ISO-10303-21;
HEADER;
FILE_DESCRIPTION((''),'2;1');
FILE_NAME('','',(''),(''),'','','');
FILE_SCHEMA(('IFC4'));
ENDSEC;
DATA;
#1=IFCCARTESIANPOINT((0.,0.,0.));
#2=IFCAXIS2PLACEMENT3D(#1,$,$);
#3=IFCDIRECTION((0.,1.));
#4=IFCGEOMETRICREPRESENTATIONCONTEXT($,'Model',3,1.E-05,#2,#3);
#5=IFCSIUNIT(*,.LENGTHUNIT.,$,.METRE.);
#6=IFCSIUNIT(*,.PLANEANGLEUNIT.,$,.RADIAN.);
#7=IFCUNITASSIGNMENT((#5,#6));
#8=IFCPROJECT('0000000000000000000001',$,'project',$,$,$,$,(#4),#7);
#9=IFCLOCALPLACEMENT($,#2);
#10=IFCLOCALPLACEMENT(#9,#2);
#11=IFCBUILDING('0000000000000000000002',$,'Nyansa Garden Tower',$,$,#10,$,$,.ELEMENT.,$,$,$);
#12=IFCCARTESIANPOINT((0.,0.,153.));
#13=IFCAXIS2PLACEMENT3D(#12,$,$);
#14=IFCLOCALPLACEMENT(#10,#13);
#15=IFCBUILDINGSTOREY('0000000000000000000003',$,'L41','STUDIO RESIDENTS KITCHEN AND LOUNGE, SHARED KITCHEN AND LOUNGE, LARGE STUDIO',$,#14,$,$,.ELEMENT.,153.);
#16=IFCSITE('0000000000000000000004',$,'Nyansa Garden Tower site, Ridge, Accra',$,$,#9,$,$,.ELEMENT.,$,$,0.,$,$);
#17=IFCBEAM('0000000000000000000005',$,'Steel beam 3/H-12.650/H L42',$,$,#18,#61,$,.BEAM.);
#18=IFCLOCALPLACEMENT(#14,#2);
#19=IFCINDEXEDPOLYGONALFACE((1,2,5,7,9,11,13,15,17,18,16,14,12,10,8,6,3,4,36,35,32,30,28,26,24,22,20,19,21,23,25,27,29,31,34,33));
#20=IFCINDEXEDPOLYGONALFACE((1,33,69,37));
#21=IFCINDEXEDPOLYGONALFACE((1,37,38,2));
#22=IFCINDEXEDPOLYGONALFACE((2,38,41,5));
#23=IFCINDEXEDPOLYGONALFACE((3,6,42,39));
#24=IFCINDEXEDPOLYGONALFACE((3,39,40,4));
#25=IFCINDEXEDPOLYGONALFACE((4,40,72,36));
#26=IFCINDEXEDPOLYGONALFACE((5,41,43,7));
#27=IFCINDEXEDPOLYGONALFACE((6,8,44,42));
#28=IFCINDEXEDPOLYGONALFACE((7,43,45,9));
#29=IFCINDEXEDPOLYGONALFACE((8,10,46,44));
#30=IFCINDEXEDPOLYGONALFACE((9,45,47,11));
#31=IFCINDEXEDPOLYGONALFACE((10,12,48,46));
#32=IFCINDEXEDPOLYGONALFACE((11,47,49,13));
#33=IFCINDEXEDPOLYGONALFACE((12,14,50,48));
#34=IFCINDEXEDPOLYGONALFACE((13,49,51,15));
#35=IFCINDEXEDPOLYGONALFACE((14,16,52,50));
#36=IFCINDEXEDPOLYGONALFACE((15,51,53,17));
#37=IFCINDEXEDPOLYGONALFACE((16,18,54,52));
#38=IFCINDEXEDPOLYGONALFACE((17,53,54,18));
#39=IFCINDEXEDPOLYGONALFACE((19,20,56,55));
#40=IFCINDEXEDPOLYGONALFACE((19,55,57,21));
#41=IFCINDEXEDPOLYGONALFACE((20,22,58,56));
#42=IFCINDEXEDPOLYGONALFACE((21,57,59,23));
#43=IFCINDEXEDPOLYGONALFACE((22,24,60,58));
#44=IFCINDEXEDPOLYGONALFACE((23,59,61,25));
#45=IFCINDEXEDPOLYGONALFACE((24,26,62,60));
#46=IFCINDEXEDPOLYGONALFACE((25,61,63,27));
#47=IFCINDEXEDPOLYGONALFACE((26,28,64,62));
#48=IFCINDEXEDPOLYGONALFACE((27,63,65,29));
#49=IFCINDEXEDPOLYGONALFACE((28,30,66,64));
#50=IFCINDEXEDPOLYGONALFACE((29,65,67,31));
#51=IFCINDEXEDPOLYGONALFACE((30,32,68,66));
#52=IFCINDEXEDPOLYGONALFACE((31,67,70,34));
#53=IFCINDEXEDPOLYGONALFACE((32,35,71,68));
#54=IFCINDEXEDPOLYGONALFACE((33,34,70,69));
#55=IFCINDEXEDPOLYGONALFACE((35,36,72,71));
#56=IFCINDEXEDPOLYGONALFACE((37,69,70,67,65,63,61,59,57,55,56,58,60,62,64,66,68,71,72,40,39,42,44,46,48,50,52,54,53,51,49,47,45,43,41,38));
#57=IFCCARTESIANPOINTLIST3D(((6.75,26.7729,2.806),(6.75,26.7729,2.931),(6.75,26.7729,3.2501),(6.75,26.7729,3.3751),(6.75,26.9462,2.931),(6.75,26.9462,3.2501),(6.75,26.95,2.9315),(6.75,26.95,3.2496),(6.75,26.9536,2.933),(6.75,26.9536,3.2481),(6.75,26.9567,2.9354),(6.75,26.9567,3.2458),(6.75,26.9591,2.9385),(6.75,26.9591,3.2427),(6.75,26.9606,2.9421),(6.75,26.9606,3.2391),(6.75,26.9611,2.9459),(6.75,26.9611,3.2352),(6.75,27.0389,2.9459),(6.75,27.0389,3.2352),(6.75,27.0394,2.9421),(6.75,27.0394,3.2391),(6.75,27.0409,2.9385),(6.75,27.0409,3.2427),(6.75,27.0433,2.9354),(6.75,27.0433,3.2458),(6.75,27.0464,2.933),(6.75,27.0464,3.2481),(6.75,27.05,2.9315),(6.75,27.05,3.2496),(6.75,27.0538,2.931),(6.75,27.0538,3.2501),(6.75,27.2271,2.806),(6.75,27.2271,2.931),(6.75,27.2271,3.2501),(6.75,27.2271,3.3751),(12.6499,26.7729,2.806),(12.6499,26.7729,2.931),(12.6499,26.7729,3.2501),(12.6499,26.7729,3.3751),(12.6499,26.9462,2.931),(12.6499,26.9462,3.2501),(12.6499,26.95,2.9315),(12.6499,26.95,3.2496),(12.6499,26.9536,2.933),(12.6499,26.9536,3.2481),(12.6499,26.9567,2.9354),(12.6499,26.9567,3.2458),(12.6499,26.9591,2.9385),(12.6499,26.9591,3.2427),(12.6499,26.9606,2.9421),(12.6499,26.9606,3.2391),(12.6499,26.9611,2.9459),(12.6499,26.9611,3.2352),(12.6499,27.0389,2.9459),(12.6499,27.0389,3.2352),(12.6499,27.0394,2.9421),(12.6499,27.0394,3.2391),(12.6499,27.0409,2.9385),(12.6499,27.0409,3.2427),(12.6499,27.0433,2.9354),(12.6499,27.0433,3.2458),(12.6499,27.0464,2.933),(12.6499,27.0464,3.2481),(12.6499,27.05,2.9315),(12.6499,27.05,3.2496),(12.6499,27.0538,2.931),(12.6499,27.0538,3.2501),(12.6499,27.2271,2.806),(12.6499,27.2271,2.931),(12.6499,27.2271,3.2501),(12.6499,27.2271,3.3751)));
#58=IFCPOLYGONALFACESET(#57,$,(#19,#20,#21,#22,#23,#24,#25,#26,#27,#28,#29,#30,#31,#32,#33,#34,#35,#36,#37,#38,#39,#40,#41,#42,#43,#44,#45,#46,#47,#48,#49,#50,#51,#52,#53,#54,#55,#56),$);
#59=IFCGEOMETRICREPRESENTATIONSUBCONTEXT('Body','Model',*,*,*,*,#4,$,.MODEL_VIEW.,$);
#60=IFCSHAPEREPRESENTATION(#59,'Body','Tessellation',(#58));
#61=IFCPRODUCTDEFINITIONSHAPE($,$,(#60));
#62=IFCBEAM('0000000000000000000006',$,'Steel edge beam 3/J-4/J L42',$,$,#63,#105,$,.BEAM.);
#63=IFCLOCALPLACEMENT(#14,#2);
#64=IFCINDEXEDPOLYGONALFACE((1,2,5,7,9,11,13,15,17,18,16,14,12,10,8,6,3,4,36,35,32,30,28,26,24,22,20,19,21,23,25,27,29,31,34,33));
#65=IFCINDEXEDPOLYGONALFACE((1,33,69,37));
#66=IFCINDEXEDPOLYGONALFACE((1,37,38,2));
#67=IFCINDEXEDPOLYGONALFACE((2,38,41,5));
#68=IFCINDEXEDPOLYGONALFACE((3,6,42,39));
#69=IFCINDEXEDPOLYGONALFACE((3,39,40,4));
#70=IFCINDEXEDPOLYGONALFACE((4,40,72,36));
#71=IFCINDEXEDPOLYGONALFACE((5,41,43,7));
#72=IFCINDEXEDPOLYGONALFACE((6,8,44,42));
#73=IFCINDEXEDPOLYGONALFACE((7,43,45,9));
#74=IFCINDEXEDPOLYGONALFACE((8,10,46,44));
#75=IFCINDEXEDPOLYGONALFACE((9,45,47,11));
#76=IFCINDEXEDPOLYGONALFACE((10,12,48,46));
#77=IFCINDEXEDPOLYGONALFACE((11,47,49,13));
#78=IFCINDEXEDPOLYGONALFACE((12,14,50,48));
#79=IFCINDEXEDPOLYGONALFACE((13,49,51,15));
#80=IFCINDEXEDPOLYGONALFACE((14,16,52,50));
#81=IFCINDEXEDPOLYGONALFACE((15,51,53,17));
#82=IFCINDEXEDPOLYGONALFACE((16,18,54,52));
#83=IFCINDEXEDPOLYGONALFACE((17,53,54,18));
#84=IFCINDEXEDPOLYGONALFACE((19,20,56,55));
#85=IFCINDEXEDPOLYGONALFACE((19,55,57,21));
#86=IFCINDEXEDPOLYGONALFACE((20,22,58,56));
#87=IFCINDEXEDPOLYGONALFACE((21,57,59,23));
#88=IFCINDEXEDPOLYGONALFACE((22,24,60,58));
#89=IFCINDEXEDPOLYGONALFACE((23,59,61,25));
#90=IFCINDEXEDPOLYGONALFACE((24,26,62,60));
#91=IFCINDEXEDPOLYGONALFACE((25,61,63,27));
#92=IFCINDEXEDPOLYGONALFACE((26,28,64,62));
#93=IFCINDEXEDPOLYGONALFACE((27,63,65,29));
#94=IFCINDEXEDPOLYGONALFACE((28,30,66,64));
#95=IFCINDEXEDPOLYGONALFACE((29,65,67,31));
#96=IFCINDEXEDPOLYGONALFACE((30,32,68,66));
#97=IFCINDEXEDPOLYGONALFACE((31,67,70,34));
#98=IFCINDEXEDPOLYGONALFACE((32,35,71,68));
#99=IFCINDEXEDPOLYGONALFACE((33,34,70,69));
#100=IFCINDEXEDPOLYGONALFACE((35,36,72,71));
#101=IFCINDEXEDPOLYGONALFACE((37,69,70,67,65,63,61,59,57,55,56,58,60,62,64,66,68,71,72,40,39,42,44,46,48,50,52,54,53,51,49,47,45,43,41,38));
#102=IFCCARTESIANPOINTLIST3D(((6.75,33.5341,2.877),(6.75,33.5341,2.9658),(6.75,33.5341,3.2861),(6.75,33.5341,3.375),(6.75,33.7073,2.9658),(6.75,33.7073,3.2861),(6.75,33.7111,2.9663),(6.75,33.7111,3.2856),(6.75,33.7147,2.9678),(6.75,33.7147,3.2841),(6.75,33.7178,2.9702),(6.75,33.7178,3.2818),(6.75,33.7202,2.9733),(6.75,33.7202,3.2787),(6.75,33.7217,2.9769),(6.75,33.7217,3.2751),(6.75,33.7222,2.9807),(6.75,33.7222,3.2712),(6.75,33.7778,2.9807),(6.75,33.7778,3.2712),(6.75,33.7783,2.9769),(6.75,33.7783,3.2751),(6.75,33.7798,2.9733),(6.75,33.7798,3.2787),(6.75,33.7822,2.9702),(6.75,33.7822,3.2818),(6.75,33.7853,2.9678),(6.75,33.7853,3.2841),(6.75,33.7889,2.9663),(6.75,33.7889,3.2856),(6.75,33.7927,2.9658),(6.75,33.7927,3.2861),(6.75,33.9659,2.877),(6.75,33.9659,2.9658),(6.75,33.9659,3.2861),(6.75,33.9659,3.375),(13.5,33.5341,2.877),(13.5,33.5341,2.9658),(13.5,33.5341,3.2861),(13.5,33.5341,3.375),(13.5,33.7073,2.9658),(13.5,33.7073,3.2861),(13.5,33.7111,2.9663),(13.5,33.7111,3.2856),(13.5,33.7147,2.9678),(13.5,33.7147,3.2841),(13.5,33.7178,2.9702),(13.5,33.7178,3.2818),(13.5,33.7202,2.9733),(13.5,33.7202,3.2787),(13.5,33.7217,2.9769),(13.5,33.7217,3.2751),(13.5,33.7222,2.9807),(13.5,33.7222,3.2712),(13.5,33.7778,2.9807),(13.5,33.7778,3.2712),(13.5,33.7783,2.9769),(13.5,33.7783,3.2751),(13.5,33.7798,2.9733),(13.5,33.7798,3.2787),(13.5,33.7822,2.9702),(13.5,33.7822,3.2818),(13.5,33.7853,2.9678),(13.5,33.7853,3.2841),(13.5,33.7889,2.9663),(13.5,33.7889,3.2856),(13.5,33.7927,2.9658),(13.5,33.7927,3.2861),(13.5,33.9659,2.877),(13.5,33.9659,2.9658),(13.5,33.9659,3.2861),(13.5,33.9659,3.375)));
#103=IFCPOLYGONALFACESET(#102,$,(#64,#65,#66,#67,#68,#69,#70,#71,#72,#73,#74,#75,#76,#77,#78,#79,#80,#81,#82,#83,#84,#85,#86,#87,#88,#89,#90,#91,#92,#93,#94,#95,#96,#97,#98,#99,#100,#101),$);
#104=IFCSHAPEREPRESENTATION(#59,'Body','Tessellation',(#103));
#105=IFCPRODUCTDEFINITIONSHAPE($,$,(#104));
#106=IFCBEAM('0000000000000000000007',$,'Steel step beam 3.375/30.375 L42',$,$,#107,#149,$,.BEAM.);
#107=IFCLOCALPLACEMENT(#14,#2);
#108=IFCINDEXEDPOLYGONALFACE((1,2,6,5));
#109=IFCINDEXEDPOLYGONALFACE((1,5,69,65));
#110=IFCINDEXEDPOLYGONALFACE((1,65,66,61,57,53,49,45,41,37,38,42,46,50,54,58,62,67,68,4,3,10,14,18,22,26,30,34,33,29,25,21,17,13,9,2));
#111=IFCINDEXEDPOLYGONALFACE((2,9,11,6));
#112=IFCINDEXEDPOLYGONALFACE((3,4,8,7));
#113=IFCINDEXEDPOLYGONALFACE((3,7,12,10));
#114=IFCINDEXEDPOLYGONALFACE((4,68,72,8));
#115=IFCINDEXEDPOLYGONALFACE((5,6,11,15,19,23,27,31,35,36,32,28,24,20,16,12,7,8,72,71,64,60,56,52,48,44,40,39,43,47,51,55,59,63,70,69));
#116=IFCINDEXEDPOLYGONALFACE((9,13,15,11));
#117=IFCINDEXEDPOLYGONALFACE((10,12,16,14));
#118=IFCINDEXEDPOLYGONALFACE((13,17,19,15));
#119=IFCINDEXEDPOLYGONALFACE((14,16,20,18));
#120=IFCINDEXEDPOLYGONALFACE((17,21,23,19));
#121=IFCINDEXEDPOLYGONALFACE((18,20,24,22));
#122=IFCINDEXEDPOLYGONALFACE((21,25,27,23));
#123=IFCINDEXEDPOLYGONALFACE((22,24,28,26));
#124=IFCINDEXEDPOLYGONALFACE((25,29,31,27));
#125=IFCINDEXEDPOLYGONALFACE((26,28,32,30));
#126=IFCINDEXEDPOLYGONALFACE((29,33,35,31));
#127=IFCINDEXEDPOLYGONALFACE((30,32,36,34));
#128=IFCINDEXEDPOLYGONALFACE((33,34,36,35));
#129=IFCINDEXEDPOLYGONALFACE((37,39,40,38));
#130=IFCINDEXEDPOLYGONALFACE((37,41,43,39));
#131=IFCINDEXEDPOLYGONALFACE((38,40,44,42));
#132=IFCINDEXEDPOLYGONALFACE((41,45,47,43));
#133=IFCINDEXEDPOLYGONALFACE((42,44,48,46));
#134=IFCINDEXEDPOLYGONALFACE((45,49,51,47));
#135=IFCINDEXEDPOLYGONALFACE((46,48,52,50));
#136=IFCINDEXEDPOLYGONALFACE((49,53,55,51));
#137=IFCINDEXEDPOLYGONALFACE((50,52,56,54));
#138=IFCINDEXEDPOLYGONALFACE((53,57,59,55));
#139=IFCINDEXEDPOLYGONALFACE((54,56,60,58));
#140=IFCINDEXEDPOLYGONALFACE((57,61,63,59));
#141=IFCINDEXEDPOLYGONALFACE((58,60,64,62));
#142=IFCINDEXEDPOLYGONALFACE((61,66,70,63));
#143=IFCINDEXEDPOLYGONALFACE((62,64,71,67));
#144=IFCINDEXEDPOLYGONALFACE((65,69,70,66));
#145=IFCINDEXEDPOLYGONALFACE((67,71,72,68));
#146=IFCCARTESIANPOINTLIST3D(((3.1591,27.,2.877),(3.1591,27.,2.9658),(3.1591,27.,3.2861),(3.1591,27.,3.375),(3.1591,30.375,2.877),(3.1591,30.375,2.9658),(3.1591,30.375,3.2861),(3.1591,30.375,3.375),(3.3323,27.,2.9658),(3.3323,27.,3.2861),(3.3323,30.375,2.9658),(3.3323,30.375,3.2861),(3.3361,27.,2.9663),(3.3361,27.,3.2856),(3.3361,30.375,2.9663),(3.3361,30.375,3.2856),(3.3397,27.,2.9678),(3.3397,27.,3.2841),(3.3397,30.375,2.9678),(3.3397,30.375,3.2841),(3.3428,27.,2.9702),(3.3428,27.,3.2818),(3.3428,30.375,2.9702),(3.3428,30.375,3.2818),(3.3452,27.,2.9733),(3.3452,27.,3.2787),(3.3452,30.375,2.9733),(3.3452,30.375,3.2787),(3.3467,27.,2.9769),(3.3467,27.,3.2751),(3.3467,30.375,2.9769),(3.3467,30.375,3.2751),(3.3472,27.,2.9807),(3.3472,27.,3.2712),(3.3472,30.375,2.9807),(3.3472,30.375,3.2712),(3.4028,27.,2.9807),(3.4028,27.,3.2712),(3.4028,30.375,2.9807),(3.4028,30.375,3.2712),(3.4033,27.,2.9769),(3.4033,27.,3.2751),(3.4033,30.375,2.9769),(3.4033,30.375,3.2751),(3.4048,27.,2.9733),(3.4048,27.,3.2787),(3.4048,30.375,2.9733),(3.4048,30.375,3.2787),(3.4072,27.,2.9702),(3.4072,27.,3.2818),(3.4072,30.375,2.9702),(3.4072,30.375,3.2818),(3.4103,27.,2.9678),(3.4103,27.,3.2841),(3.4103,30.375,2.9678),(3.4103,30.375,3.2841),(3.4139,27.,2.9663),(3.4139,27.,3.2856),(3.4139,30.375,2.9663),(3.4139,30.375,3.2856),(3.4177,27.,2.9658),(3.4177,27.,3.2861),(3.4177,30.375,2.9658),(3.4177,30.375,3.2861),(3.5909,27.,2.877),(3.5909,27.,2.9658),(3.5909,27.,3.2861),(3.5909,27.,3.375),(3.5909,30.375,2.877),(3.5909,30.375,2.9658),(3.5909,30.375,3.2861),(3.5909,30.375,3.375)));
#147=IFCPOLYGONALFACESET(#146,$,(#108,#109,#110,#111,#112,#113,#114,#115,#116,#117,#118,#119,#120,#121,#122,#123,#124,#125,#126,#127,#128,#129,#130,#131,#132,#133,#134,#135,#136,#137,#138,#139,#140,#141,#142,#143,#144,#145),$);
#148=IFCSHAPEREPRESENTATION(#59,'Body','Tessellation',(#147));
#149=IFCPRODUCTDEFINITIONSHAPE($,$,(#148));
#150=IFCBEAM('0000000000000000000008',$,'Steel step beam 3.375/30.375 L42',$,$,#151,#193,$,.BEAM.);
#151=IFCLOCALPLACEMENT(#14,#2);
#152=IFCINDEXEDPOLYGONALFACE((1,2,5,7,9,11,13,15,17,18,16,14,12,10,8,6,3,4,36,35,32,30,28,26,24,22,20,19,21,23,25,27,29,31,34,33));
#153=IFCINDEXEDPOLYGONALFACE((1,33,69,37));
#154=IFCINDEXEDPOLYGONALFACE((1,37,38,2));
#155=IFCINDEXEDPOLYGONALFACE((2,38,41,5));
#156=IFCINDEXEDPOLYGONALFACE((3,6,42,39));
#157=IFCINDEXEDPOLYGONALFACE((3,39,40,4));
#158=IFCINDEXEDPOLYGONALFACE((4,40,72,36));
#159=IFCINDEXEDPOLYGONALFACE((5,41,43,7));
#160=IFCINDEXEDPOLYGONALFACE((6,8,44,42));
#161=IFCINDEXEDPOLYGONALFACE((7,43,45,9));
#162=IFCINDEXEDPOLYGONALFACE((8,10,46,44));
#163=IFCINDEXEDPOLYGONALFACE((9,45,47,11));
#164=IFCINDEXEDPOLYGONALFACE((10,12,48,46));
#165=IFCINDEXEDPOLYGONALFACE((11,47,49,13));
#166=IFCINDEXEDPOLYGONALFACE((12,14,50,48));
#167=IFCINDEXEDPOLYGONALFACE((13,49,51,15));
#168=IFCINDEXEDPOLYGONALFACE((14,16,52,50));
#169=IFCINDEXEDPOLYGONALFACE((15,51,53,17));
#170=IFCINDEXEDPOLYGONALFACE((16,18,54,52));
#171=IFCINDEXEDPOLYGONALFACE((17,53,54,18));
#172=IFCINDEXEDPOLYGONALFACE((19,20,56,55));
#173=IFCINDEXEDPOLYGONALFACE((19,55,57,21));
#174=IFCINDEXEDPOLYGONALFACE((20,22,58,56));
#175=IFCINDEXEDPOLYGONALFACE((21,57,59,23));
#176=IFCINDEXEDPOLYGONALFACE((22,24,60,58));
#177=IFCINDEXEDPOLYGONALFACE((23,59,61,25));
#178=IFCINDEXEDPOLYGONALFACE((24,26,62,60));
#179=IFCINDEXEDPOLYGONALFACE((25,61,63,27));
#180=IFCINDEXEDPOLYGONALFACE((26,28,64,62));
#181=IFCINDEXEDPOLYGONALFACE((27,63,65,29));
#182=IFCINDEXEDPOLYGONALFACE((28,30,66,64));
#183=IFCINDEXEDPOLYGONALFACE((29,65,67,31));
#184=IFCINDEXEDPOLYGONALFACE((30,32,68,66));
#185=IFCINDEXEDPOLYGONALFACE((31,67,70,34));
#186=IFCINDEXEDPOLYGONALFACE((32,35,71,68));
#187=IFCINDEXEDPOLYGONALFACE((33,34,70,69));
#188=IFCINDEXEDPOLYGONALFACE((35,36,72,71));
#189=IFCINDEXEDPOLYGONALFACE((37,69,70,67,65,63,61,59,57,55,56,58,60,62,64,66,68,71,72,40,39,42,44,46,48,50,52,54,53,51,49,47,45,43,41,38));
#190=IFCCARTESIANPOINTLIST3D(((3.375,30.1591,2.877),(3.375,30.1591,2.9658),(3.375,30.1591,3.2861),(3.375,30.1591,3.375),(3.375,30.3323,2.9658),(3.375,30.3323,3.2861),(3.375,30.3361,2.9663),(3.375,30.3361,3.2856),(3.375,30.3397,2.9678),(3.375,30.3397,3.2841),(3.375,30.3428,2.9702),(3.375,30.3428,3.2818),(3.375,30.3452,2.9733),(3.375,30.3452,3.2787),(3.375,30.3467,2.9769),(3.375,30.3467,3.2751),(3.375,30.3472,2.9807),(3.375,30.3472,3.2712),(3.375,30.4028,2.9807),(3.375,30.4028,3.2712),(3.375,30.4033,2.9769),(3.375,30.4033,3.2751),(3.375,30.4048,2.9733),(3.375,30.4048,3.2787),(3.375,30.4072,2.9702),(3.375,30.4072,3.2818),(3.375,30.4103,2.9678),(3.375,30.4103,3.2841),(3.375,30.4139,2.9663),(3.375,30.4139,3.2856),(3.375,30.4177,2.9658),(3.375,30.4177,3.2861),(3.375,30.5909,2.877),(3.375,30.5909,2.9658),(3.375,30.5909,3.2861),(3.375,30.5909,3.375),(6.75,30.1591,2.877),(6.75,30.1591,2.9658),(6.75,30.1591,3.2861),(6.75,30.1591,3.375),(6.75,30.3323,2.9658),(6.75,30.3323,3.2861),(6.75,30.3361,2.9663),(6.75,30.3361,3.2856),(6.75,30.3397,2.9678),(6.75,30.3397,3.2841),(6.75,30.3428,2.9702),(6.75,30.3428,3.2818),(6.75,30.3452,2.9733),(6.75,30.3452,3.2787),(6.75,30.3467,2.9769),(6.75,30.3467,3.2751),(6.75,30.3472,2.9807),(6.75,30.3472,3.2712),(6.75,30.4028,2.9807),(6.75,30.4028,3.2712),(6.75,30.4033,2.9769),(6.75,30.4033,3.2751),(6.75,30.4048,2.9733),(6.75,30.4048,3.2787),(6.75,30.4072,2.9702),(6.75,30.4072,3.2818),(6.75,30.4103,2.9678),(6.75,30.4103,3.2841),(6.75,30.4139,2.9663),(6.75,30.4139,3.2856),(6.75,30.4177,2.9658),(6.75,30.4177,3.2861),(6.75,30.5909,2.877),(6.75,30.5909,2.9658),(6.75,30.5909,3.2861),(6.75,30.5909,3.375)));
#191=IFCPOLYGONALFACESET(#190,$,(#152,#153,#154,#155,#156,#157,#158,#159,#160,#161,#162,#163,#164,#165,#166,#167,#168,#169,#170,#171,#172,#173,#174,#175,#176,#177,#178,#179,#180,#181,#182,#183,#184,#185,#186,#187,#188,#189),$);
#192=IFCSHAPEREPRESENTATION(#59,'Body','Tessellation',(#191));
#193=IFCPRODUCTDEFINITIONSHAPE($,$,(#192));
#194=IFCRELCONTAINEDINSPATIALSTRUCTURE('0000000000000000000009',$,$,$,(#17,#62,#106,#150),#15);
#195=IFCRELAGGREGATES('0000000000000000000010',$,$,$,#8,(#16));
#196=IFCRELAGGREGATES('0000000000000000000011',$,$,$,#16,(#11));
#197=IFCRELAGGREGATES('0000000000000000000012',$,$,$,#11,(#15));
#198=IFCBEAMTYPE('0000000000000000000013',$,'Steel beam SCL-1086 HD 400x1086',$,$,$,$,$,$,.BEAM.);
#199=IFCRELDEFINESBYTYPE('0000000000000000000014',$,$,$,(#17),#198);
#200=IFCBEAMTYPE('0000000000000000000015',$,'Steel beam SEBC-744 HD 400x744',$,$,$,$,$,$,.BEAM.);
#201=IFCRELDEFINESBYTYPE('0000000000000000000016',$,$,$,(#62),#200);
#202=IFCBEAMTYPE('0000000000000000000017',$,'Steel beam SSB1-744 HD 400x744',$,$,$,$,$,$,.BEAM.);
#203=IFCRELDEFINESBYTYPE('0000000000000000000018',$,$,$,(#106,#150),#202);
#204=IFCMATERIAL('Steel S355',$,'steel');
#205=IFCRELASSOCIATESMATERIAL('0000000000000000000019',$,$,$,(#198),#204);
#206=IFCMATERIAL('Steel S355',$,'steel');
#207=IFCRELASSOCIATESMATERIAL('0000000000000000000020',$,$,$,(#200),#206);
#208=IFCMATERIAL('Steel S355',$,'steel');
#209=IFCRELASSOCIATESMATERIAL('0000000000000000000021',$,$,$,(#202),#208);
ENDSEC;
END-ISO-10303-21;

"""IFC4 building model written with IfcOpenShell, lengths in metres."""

from ifc_helpers import new_model, si_unit, direction, frame, origin, origin_2d, place, context, subcontext, project, spatial, i_section, extrude, material, material_profile, profile_set, type_object, element, save


model = new_model("IFC4")

# Units and contexts
model_context = context("Model", 3, precision=1e-05, world=origin(), true_north=direction((0.0, 1.0)))
body_context = subcontext(model_context, "Body", "Model", "MODEL_VIEW")
ifc_project = project(units=[si_unit("LENGTHUNIT", "METRE"), si_unit("PLANEANGLEUNIT", "RADIAN")], contexts=[model_context])

# Site, building, storey
site_placement = place(None, origin())
site = spatial("IfcSite", under=ifc_project, at=site_placement, Name="Nyansa Garden Tower site, Ridge, Accra", CompositionType="ELEMENT", RefElevation=0.0)
building_placement = place(site_placement, origin())
building = spatial("IfcBuilding", under=site, at=building_placement, Name="Nyansa Garden Tower", CompositionType="ELEMENT")
storey_placement = place(building_placement, frame((0.0, 0.0, 153.0)))
storey = spatial("IfcBuildingStorey", under=building, at=storey_placement, Name="L41", Description="STUDIO RESIDENTS KITCHEN AND LOUNGE, SHARED KITCHEN AND LOUNGE, LARGE STUDIO", CompositionType="ELEMENT", Elevation=153.0)

# Beams
ifc_material_1 = material(Name="Steel S355", Category="steel")
ifc_material_profile_1 = material_profile(ifc_material_1, i_section(OverallWidth=0.4541, OverallDepth=0.5691, WebThickness=0.0779, FlangeThickness=0.125, FilletRadius=0.0149, at=origin_2d()), Name="HD 400x1086")
ifc_profile_set_1 = profile_set([ifc_material_profile_1], Name="Steel S355")
beam_type_1 = type_object("IfcBeamType", Name="Steel beam SCL-1086 HD 400x1086", PredefinedType="BEAM", material=ifc_profile_set_1)
beam_1_placement = place(storey_placement, frame((6.75, 27.0, 3.0906), z_axis=(1.0, 0.0, 0.0), x_axis=(0.0, 1.0, 0.0)))
element("IfcBeam", 1, at=beam_1_placement, inside=storey, type_object=beam_type_1, Name="Steel beam 3/H-12.650/H L42", PredefinedType="BEAM", context=body_context, shape_type="SweptSolid", body=[
    extrude(i_section(OverallWidth=0.4541, OverallDepth=0.5691, WebThickness=0.0779, FlangeThickness=0.125, FilletRadius=0.0149, at=origin_2d()), origin(), (0.0, 0.0, 1.0), 5.8999),
])
ifc_material_2 = material(Name="Steel S355", Category="steel")
ifc_material_profile_2 = material_profile(ifc_material_2, i_section(OverallWidth=0.4319, OverallDepth=0.498, WebThickness=0.0557, FlangeThickness=0.0889, FilletRadius=0.0149, at=origin_2d()), Name="HD 400x744")
ifc_profile_set_2 = profile_set([ifc_material_profile_2], Name="Steel S355")
beam_type_2 = type_object("IfcBeamType", Name="Steel beam SEBC-744 HD 400x744", PredefinedType="BEAM", material=ifc_profile_set_2)
beam_2_placement = place(storey_placement, frame((6.75, 33.75, 3.126), z_axis=(1.0, 0.0, 0.0), x_axis=(0.0, 1.0, 0.0)))
element("IfcBeam", 2, at=beam_2_placement, inside=storey, type_object=beam_type_2, Name="Steel edge beam 3/J-4/J L42", PredefinedType="BEAM", context=body_context, shape_type="SweptSolid", body=[
    extrude(i_section(OverallWidth=0.4319, OverallDepth=0.498, WebThickness=0.0557, FlangeThickness=0.0889, FilletRadius=0.0149, at=origin_2d()), origin(), (0.0, 0.0, 1.0), 6.75),
])
ifc_material_3 = material(Name="Steel S355", Category="steel")
ifc_material_profile_3 = material_profile(ifc_material_3, i_section(OverallWidth=0.4319, OverallDepth=0.498, WebThickness=0.0557, FlangeThickness=0.0889, FilletRadius=0.0149, at=origin_2d()), Name="HD 400x744")
ifc_profile_set_3 = profile_set([ifc_material_profile_3], Name="Steel S355")
beam_type_3 = type_object("IfcBeamType", Name="Steel beam SSB1-744 HD 400x744", PredefinedType="BEAM", material=ifc_profile_set_3)
for number, where, z_axis, x_axis, name in (
    (3, (3.375, 30.375, 3.126), (0.0, -1.0, 0.0), (1.0, 0.0, 0.0), "Steel step beam 3.375/30.375 L42"),
    (4, (3.375, 30.375, 3.126), (1.0, 0.0, 0.0), (0.0, 1.0, 0.0), "Steel step beam 3.375/30.375 L42"),
):
    element("IfcBeam", number, at=place(storey_placement, frame(where, z_axis=z_axis, x_axis=x_axis)), inside=storey, type_object=beam_type_3, Name=name, PredefinedType="BEAM", context=body_context, shape_type="SweptSolid", body=[
        extrude(i_section(OverallWidth=0.4319, OverallDepth=0.498, WebThickness=0.0557, FlangeThickness=0.0889, FilletRadius=0.0149, at=origin_2d()), origin(), (0.0, 0.0, 1.0), 3.375),
    ])

save(model, "model.ifc")
